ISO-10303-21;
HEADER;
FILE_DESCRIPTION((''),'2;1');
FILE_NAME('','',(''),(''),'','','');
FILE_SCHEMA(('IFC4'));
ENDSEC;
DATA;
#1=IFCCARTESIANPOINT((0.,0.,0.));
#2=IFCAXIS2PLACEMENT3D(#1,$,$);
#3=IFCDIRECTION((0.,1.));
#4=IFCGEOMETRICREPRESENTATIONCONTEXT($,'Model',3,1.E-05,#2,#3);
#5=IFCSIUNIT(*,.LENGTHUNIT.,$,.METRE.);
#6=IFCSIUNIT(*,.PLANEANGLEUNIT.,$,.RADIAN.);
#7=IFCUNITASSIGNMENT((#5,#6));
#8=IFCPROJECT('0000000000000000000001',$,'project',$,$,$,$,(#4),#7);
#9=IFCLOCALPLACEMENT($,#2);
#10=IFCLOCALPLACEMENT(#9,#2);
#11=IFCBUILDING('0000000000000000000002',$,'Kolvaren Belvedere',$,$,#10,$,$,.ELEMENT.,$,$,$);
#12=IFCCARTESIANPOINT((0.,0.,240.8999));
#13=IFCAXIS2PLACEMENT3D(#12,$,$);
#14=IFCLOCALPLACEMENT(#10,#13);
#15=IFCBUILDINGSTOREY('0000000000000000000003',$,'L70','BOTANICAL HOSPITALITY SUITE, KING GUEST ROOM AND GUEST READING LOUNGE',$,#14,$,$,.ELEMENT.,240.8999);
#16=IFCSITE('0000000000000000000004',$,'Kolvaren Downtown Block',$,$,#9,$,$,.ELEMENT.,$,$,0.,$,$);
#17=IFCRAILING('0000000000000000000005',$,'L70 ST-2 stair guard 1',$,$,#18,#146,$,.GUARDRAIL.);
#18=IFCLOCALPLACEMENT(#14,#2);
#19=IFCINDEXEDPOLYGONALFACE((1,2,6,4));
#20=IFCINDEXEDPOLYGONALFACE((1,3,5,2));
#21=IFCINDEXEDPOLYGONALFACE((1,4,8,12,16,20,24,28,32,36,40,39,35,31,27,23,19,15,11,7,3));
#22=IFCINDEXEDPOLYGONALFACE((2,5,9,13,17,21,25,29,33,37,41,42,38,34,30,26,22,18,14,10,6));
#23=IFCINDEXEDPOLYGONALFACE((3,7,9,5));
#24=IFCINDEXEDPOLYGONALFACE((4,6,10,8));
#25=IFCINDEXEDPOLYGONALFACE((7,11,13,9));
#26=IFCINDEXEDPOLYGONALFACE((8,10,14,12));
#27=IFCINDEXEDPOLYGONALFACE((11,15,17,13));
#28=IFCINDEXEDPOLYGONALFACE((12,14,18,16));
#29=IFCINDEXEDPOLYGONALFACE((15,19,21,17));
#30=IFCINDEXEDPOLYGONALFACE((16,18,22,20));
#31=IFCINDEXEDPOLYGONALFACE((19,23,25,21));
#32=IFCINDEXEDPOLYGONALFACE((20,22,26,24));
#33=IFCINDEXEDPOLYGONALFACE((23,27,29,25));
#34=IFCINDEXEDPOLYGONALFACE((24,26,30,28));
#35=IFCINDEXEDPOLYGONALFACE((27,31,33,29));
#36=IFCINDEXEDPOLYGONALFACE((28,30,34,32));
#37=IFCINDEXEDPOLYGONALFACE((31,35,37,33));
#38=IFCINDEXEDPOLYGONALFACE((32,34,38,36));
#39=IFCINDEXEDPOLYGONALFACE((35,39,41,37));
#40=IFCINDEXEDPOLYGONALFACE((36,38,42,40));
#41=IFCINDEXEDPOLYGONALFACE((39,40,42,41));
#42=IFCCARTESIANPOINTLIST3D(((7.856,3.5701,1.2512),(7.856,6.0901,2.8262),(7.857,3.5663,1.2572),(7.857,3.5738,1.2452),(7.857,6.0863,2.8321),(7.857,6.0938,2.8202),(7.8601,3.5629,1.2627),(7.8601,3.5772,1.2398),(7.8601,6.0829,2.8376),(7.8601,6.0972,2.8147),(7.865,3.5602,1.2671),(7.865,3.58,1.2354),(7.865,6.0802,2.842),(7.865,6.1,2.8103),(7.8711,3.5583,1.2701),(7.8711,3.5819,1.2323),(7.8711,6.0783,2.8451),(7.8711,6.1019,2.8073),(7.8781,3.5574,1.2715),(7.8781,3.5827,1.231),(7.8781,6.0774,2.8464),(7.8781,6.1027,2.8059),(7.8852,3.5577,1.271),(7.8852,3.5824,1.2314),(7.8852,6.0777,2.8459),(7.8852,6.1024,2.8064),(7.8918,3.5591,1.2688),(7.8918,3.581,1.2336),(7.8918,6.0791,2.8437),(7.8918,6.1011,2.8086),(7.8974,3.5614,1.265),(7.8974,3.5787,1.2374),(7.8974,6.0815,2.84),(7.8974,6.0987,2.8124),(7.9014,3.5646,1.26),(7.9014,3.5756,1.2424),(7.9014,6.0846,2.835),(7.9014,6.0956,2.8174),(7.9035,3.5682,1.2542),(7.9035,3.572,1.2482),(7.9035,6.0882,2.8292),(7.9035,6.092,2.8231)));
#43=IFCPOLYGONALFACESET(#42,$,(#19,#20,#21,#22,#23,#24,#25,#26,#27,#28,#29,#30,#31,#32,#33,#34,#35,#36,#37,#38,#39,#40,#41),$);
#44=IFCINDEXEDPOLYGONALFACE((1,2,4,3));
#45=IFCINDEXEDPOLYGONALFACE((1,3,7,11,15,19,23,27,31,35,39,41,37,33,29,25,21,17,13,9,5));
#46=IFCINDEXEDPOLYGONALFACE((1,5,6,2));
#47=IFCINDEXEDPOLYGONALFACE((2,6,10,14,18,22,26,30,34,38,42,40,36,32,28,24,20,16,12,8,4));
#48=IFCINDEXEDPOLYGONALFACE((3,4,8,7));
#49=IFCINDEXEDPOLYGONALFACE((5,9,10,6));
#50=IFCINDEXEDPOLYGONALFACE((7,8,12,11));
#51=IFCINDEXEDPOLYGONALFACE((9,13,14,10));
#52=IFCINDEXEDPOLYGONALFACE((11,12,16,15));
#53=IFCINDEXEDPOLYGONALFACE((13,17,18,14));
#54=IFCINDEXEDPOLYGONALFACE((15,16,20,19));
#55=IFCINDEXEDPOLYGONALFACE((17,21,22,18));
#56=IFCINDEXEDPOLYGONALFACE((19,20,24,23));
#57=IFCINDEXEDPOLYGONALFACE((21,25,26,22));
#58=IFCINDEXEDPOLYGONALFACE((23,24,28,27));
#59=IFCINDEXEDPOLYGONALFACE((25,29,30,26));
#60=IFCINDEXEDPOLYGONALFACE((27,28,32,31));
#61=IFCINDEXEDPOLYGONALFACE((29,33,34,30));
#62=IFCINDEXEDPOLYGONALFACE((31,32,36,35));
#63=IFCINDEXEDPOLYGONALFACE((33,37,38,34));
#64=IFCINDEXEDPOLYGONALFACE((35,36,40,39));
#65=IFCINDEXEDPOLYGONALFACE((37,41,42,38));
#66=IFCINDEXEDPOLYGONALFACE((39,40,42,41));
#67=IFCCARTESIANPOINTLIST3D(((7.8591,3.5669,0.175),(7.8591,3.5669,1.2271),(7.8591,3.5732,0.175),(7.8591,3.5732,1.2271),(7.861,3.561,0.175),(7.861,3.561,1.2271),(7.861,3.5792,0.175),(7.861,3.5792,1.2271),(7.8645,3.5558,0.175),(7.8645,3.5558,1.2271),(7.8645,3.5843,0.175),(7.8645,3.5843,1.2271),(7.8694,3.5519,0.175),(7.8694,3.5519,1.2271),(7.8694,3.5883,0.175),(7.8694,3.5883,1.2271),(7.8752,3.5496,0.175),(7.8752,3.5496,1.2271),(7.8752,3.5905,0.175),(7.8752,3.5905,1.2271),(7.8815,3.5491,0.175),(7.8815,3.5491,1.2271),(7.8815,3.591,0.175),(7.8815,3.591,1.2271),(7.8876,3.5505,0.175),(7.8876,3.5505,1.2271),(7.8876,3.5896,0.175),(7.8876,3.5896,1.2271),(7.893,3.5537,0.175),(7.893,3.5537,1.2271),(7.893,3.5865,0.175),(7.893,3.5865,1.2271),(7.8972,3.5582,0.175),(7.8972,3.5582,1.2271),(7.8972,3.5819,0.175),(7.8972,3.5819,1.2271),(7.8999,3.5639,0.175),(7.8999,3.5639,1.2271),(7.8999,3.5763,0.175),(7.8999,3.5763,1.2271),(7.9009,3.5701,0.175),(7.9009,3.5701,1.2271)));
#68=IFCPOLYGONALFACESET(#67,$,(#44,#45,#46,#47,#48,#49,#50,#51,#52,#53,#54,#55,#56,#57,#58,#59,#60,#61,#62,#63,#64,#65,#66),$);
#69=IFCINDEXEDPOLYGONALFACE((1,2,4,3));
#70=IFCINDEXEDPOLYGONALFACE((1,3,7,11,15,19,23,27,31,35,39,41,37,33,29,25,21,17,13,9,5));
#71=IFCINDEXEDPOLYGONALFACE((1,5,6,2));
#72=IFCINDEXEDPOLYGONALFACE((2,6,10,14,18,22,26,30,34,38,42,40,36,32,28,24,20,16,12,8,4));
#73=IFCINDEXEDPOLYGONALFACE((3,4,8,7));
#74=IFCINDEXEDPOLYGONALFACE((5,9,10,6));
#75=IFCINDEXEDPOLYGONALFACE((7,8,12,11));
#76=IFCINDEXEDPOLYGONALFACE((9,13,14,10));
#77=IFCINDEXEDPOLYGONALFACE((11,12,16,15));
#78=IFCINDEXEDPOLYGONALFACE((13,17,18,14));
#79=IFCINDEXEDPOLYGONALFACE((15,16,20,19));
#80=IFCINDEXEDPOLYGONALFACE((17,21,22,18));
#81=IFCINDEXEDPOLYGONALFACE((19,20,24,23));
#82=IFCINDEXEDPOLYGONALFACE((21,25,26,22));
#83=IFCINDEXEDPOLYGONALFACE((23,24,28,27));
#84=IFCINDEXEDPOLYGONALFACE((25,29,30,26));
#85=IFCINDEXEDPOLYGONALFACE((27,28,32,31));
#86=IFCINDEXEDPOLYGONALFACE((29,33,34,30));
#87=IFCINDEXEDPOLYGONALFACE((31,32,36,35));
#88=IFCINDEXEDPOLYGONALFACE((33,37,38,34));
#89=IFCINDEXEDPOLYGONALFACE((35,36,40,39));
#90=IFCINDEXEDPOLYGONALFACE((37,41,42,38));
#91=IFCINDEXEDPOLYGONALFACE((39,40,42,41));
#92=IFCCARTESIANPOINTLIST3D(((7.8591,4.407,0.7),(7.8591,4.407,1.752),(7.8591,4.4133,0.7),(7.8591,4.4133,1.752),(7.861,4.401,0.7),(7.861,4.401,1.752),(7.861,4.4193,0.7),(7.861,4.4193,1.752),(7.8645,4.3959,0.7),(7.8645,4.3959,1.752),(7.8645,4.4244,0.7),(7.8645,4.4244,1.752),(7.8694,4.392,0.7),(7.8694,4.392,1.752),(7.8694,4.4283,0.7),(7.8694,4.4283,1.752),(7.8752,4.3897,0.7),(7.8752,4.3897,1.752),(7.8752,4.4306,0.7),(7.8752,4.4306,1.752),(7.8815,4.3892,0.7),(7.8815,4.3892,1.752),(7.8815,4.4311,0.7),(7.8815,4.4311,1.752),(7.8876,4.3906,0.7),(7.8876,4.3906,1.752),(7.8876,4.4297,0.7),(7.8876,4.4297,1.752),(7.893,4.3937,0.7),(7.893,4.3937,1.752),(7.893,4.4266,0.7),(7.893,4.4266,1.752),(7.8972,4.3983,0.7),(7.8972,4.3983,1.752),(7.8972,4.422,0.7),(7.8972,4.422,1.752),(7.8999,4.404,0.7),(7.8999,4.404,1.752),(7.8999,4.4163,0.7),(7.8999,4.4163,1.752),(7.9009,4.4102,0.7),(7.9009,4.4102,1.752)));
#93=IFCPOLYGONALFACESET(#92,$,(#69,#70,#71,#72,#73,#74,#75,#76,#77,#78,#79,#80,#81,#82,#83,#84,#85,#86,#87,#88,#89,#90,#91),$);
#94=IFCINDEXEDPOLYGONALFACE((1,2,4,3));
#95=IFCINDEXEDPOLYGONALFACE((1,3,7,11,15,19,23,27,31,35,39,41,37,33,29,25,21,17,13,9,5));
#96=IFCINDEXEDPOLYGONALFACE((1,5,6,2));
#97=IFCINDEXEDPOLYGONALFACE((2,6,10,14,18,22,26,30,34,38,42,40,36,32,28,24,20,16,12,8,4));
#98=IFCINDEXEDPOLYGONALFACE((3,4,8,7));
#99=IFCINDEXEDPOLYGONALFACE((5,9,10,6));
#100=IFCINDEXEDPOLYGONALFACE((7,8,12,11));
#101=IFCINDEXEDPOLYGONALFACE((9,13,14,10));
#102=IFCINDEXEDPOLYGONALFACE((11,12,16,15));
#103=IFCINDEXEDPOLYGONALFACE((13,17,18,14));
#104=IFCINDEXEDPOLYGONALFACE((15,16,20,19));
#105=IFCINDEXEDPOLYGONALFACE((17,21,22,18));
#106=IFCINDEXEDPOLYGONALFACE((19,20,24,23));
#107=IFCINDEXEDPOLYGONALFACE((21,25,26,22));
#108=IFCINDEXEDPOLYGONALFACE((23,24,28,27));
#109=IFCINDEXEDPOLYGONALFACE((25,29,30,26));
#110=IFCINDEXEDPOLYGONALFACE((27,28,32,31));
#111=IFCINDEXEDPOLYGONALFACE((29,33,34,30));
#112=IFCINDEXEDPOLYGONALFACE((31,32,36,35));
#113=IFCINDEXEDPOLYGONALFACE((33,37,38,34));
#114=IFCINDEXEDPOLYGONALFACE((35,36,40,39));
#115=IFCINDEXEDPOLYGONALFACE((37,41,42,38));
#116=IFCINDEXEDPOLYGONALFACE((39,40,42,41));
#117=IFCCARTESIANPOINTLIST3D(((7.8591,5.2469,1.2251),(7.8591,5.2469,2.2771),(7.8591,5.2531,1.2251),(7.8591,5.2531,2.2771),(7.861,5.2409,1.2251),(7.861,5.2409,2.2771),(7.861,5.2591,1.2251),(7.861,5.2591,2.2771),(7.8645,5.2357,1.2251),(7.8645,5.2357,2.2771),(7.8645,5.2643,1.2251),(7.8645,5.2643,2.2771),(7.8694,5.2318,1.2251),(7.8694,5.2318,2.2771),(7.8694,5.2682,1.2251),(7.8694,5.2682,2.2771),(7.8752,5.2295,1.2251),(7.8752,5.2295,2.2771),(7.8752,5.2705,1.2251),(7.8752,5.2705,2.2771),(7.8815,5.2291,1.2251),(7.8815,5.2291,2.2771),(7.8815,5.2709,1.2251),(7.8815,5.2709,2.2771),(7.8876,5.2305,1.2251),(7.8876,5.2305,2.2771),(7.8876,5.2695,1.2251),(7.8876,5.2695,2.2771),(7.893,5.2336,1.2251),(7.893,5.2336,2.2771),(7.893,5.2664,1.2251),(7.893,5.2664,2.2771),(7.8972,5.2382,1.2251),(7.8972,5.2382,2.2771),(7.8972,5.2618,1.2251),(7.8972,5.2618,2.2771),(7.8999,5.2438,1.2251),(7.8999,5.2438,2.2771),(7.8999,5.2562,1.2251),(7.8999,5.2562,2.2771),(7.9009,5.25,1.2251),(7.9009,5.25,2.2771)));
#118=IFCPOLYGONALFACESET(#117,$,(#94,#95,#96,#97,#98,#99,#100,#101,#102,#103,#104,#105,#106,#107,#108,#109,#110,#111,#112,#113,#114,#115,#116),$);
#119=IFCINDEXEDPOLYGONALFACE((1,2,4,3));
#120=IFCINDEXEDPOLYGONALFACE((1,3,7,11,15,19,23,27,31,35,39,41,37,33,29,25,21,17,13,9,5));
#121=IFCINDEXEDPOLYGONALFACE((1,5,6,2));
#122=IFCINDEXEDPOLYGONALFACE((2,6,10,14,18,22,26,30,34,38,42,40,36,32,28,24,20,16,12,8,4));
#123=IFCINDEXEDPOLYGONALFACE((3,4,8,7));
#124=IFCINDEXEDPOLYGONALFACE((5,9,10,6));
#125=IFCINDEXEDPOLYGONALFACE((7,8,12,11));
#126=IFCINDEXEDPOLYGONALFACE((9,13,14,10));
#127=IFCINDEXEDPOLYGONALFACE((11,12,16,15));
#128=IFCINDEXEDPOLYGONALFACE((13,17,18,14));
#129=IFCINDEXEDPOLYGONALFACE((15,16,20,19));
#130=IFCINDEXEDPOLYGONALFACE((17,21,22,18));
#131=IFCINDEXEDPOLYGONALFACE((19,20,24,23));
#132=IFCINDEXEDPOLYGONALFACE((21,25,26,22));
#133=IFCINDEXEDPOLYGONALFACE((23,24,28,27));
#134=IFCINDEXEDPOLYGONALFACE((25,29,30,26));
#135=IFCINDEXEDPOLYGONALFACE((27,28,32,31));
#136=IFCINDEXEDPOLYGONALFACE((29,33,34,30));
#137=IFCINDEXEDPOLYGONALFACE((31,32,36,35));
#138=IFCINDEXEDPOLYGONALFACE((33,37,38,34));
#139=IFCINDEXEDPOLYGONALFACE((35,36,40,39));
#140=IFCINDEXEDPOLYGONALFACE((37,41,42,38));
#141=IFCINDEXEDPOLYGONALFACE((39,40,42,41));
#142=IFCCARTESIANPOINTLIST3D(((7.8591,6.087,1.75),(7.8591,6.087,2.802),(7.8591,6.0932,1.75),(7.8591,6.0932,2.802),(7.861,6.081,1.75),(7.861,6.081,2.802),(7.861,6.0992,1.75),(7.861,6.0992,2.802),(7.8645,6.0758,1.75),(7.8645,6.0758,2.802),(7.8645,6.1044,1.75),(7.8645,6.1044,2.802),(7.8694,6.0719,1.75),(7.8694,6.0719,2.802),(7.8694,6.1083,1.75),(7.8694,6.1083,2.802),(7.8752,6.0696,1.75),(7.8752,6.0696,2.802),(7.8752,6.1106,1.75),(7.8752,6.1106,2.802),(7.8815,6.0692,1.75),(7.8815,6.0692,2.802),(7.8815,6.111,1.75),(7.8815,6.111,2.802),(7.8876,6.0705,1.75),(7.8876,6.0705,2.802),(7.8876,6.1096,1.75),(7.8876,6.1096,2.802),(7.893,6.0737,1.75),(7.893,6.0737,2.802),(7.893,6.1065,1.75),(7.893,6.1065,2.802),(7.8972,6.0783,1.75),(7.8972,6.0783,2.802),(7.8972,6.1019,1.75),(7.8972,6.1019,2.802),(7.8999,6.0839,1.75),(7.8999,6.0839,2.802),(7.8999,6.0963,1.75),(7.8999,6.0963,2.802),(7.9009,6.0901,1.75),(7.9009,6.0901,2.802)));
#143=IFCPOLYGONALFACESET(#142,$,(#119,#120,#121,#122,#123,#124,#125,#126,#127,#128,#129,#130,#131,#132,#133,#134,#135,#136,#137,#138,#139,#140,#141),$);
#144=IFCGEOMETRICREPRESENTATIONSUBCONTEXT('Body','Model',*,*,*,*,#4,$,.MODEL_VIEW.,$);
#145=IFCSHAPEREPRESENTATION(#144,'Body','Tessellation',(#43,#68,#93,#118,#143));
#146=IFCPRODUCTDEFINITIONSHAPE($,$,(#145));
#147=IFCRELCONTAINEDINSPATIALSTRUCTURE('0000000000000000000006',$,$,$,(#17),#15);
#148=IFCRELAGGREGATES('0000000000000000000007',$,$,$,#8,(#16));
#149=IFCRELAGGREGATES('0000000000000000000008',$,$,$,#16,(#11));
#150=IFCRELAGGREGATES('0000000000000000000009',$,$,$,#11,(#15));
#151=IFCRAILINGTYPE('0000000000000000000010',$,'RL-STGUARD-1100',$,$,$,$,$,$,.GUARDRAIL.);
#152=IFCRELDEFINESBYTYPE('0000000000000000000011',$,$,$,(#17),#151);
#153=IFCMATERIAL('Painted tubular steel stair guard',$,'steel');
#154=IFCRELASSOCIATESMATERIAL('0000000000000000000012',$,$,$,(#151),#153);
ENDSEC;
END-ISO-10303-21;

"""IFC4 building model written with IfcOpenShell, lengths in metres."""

from ifc_helpers import new_model, si_unit, direction, frame, origin, origin_2d, place, context, subcontext, project, spatial, circle, extrude, material, type_object, element, save


model = new_model("IFC4")

# Units and contexts
model_context = context("Model", 3, precision=1e-05, world=origin(), true_north=direction((0.0, 1.0)))
body_context = subcontext(model_context, "Body", "Model", "MODEL_VIEW")
ifc_project = project(units=[si_unit("LENGTHUNIT", "METRE"), si_unit("PLANEANGLEUNIT", "RADIAN")], contexts=[model_context])

# Site, building, storey
site_placement = place(None, origin())
site = spatial("IfcSite", under=ifc_project, at=site_placement, Name="Kolvaren Downtown Block", CompositionType="ELEMENT", RefElevation=0.0)
building_placement = place(site_placement, origin())
building = spatial("IfcBuilding", under=site, at=building_placement, Name="Kolvaren Belvedere", CompositionType="ELEMENT")
storey_placement = place(building_placement, frame((0.0, 0.0, 240.8999)))
storey = spatial("IfcBuildingStorey", under=building, at=storey_placement, Name="L70", Description="BOTANICAL HOSPITALITY SUITE, KING GUEST ROOM AND GUEST READING LOUNGE", CompositionType="ELEMENT", Elevation=240.8999)

# Railing
ifc_material_1 = material(Name="Painted tubular steel stair guard", Category="steel")
railing_type_1 = type_object("IfcRailingType", Name="RL-STGUARD-1100", PredefinedType="GUARDRAIL", material=ifc_material_1)
railing_1_placement = place(storey_placement, frame((7.8799, 3.5701, 0.175)))
element("IfcRailing", 1, at=railing_1_placement, inside=storey, type_object=railing_type_1, Name="L70 ST-2 stair guard 1", PredefinedType="GUARDRAIL", context=body_context, shape_type="SweptSolid", body=[
    extrude(circle(Radius=0.0239, at=origin_2d()), frame((0.0, 0.0, 1.0762), z_axis=(0.0, 0.848008, 0.529984), x_axis=(-1.0, 0.0, 0.0)), (0.0, 0.0, 1.0), 2.9717),
    extrude(circle(Radius=0.021, at=origin_2d()), origin(), (0.0, 0.0, 1.0), 1.052),
    extrude(circle(Radius=0.021, at=origin_2d()), frame((0.0, 0.8401, 0.5249)), (0.0, 0.0, 1.0), 1.052),
    extrude(circle(Radius=0.021, at=origin_2d()), frame((0.0, 1.6799, 1.05)), (0.0, 0.0, 1.0), 1.052),
    extrude(circle(Radius=0.021, at=origin_2d()), frame((0.0, 2.52, 1.575)), (0.0, 0.0, 1.0), 1.052),
])

save(model, "model.ifc")
